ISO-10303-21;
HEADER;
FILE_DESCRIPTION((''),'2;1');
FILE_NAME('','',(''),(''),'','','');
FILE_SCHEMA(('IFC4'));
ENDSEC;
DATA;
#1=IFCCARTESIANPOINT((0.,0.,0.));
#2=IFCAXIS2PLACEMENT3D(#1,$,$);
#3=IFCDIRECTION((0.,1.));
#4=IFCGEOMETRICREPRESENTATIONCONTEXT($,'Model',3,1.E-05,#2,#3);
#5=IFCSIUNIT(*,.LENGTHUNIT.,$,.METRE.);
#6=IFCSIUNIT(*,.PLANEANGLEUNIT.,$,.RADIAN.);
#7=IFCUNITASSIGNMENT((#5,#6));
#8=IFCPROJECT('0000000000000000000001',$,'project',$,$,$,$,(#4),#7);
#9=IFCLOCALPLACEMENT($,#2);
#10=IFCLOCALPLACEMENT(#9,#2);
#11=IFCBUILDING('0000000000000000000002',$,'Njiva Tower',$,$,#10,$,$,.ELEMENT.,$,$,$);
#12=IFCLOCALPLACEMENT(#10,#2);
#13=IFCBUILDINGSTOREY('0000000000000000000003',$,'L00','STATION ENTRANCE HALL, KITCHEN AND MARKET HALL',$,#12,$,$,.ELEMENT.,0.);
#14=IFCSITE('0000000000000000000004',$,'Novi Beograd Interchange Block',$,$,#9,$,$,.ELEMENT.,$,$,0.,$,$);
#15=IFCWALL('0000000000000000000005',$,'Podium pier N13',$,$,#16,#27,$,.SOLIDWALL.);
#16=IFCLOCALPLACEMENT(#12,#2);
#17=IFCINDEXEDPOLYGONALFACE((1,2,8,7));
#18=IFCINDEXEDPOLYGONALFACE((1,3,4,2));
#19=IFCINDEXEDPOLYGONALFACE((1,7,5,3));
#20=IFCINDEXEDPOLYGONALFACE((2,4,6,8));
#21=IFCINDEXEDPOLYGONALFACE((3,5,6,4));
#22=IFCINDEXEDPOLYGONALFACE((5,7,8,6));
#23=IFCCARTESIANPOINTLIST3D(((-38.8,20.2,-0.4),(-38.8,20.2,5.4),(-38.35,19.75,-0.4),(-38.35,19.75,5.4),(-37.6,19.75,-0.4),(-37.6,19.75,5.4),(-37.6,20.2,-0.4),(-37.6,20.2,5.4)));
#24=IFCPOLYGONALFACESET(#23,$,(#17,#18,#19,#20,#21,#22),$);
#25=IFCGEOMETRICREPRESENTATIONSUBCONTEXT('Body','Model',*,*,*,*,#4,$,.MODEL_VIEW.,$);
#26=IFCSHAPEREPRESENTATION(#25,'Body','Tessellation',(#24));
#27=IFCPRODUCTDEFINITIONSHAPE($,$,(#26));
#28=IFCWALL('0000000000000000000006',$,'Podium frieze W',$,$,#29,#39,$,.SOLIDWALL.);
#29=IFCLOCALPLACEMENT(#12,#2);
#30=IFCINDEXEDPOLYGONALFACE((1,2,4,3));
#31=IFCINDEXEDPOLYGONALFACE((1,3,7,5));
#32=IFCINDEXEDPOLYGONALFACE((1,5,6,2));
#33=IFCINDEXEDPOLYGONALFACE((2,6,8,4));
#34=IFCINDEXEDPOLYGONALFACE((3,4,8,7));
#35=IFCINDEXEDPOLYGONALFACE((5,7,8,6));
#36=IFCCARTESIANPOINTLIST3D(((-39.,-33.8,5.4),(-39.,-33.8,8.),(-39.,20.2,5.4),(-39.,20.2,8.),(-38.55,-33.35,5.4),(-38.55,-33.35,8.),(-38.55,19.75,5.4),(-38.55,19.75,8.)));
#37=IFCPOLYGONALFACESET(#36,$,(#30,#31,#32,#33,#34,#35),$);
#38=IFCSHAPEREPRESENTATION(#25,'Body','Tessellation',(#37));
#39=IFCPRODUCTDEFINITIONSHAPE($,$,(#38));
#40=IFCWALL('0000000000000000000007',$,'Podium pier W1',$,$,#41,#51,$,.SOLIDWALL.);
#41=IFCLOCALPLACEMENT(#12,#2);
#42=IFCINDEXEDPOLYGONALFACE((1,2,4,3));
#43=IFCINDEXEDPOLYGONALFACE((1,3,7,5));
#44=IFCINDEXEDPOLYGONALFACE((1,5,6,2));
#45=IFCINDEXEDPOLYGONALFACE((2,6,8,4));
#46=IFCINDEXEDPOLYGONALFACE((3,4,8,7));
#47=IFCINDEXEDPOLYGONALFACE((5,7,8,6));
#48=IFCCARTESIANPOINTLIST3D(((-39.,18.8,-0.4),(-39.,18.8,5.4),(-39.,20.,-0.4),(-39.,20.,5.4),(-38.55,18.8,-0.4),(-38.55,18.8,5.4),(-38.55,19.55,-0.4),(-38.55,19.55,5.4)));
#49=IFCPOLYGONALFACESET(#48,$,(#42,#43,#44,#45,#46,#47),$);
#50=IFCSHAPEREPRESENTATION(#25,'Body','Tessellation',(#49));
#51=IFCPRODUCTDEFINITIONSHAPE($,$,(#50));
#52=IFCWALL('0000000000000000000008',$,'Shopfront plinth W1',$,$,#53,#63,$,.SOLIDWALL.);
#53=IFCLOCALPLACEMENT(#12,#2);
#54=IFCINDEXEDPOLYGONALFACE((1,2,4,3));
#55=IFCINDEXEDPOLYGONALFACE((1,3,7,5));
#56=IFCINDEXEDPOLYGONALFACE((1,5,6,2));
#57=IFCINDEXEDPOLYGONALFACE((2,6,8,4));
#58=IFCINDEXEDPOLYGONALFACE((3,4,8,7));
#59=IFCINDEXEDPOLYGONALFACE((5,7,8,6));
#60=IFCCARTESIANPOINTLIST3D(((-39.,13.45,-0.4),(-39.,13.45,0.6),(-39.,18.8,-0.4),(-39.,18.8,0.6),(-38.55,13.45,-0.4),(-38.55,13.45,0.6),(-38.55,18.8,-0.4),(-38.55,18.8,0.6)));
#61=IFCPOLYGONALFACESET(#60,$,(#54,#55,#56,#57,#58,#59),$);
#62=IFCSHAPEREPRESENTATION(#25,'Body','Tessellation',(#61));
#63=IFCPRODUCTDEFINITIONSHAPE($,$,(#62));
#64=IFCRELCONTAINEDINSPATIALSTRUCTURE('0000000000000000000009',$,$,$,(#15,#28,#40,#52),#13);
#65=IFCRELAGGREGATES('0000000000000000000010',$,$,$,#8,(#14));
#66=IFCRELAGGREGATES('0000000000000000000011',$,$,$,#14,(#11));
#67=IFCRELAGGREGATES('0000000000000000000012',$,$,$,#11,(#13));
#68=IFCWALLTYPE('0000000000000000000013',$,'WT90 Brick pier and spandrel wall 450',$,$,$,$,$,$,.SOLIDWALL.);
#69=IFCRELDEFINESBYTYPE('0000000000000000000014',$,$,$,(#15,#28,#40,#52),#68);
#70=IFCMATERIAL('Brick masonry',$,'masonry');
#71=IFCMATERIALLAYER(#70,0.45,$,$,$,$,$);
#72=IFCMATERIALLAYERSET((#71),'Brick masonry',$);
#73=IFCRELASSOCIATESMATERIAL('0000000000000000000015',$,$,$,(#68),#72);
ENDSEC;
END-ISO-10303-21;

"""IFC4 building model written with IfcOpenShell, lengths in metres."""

from ifc_helpers import new_model, si_unit, direction, frame, origin, place, context, subcontext, project, spatial, polyline, outline, extrude, material, layer, layer_set, type_object, element, save


model = new_model("IFC4")

# Units and contexts
model_context = context("Model", 3, precision=1e-05, world=origin(), true_north=direction((0.0, 1.0)))
body_context = subcontext(model_context, "Body", "Model", "MODEL_VIEW")
ifc_project = project(units=[si_unit("LENGTHUNIT", "METRE"), si_unit("PLANEANGLEUNIT", "RADIAN")], contexts=[model_context])

# Site, building, storey
site_placement = place(None, origin())
site = spatial("IfcSite", under=ifc_project, at=site_placement, Name="Novi Beograd Interchange Block", CompositionType="ELEMENT", RefElevation=0.0)
building_placement = place(site_placement, origin())
building = spatial("IfcBuilding", under=site, at=building_placement, Name="Njiva Tower", CompositionType="ELEMENT")
storey_placement = place(building_placement, origin())
storey = spatial("IfcBuildingStorey", under=building, at=storey_placement, Name="L00", Description="STATION ENTRANCE HALL, KITCHEN AND MARKET HALL", CompositionType="ELEMENT", Elevation=0.0)

# Walls
ifc_material_1 = material(Name="Brick masonry", Category="masonry")
ifc_layer_1 = layer(ifc_material_1, 0.45)
ifc_layer_set_1 = layer_set([ifc_layer_1], Name="Brick masonry")
wall_type = type_object("IfcWallType", Name="WT90 Brick pier and spandrel wall 450", PredefinedType="SOLIDWALL", material=ifc_layer_set_1)
wall_1_placement = place(storey_placement, frame((-37.6, 19.975, -0.4), z_axis=(0.0, 0.0, 1.0), x_axis=(-1.0, 0.0, 0.0)))
element("IfcWall", 1, at=wall_1_placement, inside=storey, type_object=wall_type, Name="Podium pier N13", PredefinedType="SOLIDWALL", context=body_context, shape_type="SweptSolid", body=[
    extrude(outline(polyline([(0.0, -0.225), (1.2, -0.225), (0.75, 0.225), (0.0, 0.225), (0.0, -0.225)])), origin(), (0.0, 0.0, 1.0), 5.8),
])
wall_2_placement = place(storey_placement, frame((-38.775, 19.975, 5.4), z_axis=(0.0, 0.0, 1.0), x_axis=(0.0, -1.0, 0.0)))
element("IfcWall", 2, at=wall_2_placement, inside=storey, type_object=wall_type, Name="Podium frieze W", PredefinedType="SOLIDWALL", context=body_context, shape_type="SweptSolid", body=[
    extrude(outline(polyline([(-0.225, -0.225), (53.775, -0.225), (53.325, 0.225), (0.225, 0.225), (-0.225, -0.225)])), origin(), (0.0, 0.0, 1.0), 2.6),
])
wall_3_placement = place(storey_placement, frame((-38.775, 19.775, -0.4), z_axis=(0.0, 0.0, 1.0), x_axis=(0.0, -1.0, 0.0)))
element("IfcWall", 3, at=wall_3_placement, inside=storey, type_object=wall_type, Name="Podium pier W1", PredefinedType="SOLIDWALL", context=body_context, shape_type="SweptSolid", body=[
    extrude(outline(polyline([(-0.225, -0.225), (0.975, -0.225), (0.975, 0.225), (0.225, 0.225), (-0.225, -0.225)])), origin(), (0.0, 0.0, 1.0), 5.8),
])
wall_4_placement = place(storey_placement, frame((-38.775, 18.8, -0.4), z_axis=(0.0, 0.0, 1.0), x_axis=(0.0, -1.0, 0.0)))
element("IfcWall", 4, at=wall_4_placement, inside=storey, type_object=wall_type, Name="Shopfront plinth W1", PredefinedType="SOLIDWALL", context=body_context, shape_type="SweptSolid", body=[
    extrude(outline(polyline([(0.0, -0.225), (5.35, -0.225), (5.35, 0.225), (0.0, 0.225), (0.0, -0.225)])), origin(), (0.0, 0.0, 1.0), 1.0),
])

save(model, "model.ifc")
